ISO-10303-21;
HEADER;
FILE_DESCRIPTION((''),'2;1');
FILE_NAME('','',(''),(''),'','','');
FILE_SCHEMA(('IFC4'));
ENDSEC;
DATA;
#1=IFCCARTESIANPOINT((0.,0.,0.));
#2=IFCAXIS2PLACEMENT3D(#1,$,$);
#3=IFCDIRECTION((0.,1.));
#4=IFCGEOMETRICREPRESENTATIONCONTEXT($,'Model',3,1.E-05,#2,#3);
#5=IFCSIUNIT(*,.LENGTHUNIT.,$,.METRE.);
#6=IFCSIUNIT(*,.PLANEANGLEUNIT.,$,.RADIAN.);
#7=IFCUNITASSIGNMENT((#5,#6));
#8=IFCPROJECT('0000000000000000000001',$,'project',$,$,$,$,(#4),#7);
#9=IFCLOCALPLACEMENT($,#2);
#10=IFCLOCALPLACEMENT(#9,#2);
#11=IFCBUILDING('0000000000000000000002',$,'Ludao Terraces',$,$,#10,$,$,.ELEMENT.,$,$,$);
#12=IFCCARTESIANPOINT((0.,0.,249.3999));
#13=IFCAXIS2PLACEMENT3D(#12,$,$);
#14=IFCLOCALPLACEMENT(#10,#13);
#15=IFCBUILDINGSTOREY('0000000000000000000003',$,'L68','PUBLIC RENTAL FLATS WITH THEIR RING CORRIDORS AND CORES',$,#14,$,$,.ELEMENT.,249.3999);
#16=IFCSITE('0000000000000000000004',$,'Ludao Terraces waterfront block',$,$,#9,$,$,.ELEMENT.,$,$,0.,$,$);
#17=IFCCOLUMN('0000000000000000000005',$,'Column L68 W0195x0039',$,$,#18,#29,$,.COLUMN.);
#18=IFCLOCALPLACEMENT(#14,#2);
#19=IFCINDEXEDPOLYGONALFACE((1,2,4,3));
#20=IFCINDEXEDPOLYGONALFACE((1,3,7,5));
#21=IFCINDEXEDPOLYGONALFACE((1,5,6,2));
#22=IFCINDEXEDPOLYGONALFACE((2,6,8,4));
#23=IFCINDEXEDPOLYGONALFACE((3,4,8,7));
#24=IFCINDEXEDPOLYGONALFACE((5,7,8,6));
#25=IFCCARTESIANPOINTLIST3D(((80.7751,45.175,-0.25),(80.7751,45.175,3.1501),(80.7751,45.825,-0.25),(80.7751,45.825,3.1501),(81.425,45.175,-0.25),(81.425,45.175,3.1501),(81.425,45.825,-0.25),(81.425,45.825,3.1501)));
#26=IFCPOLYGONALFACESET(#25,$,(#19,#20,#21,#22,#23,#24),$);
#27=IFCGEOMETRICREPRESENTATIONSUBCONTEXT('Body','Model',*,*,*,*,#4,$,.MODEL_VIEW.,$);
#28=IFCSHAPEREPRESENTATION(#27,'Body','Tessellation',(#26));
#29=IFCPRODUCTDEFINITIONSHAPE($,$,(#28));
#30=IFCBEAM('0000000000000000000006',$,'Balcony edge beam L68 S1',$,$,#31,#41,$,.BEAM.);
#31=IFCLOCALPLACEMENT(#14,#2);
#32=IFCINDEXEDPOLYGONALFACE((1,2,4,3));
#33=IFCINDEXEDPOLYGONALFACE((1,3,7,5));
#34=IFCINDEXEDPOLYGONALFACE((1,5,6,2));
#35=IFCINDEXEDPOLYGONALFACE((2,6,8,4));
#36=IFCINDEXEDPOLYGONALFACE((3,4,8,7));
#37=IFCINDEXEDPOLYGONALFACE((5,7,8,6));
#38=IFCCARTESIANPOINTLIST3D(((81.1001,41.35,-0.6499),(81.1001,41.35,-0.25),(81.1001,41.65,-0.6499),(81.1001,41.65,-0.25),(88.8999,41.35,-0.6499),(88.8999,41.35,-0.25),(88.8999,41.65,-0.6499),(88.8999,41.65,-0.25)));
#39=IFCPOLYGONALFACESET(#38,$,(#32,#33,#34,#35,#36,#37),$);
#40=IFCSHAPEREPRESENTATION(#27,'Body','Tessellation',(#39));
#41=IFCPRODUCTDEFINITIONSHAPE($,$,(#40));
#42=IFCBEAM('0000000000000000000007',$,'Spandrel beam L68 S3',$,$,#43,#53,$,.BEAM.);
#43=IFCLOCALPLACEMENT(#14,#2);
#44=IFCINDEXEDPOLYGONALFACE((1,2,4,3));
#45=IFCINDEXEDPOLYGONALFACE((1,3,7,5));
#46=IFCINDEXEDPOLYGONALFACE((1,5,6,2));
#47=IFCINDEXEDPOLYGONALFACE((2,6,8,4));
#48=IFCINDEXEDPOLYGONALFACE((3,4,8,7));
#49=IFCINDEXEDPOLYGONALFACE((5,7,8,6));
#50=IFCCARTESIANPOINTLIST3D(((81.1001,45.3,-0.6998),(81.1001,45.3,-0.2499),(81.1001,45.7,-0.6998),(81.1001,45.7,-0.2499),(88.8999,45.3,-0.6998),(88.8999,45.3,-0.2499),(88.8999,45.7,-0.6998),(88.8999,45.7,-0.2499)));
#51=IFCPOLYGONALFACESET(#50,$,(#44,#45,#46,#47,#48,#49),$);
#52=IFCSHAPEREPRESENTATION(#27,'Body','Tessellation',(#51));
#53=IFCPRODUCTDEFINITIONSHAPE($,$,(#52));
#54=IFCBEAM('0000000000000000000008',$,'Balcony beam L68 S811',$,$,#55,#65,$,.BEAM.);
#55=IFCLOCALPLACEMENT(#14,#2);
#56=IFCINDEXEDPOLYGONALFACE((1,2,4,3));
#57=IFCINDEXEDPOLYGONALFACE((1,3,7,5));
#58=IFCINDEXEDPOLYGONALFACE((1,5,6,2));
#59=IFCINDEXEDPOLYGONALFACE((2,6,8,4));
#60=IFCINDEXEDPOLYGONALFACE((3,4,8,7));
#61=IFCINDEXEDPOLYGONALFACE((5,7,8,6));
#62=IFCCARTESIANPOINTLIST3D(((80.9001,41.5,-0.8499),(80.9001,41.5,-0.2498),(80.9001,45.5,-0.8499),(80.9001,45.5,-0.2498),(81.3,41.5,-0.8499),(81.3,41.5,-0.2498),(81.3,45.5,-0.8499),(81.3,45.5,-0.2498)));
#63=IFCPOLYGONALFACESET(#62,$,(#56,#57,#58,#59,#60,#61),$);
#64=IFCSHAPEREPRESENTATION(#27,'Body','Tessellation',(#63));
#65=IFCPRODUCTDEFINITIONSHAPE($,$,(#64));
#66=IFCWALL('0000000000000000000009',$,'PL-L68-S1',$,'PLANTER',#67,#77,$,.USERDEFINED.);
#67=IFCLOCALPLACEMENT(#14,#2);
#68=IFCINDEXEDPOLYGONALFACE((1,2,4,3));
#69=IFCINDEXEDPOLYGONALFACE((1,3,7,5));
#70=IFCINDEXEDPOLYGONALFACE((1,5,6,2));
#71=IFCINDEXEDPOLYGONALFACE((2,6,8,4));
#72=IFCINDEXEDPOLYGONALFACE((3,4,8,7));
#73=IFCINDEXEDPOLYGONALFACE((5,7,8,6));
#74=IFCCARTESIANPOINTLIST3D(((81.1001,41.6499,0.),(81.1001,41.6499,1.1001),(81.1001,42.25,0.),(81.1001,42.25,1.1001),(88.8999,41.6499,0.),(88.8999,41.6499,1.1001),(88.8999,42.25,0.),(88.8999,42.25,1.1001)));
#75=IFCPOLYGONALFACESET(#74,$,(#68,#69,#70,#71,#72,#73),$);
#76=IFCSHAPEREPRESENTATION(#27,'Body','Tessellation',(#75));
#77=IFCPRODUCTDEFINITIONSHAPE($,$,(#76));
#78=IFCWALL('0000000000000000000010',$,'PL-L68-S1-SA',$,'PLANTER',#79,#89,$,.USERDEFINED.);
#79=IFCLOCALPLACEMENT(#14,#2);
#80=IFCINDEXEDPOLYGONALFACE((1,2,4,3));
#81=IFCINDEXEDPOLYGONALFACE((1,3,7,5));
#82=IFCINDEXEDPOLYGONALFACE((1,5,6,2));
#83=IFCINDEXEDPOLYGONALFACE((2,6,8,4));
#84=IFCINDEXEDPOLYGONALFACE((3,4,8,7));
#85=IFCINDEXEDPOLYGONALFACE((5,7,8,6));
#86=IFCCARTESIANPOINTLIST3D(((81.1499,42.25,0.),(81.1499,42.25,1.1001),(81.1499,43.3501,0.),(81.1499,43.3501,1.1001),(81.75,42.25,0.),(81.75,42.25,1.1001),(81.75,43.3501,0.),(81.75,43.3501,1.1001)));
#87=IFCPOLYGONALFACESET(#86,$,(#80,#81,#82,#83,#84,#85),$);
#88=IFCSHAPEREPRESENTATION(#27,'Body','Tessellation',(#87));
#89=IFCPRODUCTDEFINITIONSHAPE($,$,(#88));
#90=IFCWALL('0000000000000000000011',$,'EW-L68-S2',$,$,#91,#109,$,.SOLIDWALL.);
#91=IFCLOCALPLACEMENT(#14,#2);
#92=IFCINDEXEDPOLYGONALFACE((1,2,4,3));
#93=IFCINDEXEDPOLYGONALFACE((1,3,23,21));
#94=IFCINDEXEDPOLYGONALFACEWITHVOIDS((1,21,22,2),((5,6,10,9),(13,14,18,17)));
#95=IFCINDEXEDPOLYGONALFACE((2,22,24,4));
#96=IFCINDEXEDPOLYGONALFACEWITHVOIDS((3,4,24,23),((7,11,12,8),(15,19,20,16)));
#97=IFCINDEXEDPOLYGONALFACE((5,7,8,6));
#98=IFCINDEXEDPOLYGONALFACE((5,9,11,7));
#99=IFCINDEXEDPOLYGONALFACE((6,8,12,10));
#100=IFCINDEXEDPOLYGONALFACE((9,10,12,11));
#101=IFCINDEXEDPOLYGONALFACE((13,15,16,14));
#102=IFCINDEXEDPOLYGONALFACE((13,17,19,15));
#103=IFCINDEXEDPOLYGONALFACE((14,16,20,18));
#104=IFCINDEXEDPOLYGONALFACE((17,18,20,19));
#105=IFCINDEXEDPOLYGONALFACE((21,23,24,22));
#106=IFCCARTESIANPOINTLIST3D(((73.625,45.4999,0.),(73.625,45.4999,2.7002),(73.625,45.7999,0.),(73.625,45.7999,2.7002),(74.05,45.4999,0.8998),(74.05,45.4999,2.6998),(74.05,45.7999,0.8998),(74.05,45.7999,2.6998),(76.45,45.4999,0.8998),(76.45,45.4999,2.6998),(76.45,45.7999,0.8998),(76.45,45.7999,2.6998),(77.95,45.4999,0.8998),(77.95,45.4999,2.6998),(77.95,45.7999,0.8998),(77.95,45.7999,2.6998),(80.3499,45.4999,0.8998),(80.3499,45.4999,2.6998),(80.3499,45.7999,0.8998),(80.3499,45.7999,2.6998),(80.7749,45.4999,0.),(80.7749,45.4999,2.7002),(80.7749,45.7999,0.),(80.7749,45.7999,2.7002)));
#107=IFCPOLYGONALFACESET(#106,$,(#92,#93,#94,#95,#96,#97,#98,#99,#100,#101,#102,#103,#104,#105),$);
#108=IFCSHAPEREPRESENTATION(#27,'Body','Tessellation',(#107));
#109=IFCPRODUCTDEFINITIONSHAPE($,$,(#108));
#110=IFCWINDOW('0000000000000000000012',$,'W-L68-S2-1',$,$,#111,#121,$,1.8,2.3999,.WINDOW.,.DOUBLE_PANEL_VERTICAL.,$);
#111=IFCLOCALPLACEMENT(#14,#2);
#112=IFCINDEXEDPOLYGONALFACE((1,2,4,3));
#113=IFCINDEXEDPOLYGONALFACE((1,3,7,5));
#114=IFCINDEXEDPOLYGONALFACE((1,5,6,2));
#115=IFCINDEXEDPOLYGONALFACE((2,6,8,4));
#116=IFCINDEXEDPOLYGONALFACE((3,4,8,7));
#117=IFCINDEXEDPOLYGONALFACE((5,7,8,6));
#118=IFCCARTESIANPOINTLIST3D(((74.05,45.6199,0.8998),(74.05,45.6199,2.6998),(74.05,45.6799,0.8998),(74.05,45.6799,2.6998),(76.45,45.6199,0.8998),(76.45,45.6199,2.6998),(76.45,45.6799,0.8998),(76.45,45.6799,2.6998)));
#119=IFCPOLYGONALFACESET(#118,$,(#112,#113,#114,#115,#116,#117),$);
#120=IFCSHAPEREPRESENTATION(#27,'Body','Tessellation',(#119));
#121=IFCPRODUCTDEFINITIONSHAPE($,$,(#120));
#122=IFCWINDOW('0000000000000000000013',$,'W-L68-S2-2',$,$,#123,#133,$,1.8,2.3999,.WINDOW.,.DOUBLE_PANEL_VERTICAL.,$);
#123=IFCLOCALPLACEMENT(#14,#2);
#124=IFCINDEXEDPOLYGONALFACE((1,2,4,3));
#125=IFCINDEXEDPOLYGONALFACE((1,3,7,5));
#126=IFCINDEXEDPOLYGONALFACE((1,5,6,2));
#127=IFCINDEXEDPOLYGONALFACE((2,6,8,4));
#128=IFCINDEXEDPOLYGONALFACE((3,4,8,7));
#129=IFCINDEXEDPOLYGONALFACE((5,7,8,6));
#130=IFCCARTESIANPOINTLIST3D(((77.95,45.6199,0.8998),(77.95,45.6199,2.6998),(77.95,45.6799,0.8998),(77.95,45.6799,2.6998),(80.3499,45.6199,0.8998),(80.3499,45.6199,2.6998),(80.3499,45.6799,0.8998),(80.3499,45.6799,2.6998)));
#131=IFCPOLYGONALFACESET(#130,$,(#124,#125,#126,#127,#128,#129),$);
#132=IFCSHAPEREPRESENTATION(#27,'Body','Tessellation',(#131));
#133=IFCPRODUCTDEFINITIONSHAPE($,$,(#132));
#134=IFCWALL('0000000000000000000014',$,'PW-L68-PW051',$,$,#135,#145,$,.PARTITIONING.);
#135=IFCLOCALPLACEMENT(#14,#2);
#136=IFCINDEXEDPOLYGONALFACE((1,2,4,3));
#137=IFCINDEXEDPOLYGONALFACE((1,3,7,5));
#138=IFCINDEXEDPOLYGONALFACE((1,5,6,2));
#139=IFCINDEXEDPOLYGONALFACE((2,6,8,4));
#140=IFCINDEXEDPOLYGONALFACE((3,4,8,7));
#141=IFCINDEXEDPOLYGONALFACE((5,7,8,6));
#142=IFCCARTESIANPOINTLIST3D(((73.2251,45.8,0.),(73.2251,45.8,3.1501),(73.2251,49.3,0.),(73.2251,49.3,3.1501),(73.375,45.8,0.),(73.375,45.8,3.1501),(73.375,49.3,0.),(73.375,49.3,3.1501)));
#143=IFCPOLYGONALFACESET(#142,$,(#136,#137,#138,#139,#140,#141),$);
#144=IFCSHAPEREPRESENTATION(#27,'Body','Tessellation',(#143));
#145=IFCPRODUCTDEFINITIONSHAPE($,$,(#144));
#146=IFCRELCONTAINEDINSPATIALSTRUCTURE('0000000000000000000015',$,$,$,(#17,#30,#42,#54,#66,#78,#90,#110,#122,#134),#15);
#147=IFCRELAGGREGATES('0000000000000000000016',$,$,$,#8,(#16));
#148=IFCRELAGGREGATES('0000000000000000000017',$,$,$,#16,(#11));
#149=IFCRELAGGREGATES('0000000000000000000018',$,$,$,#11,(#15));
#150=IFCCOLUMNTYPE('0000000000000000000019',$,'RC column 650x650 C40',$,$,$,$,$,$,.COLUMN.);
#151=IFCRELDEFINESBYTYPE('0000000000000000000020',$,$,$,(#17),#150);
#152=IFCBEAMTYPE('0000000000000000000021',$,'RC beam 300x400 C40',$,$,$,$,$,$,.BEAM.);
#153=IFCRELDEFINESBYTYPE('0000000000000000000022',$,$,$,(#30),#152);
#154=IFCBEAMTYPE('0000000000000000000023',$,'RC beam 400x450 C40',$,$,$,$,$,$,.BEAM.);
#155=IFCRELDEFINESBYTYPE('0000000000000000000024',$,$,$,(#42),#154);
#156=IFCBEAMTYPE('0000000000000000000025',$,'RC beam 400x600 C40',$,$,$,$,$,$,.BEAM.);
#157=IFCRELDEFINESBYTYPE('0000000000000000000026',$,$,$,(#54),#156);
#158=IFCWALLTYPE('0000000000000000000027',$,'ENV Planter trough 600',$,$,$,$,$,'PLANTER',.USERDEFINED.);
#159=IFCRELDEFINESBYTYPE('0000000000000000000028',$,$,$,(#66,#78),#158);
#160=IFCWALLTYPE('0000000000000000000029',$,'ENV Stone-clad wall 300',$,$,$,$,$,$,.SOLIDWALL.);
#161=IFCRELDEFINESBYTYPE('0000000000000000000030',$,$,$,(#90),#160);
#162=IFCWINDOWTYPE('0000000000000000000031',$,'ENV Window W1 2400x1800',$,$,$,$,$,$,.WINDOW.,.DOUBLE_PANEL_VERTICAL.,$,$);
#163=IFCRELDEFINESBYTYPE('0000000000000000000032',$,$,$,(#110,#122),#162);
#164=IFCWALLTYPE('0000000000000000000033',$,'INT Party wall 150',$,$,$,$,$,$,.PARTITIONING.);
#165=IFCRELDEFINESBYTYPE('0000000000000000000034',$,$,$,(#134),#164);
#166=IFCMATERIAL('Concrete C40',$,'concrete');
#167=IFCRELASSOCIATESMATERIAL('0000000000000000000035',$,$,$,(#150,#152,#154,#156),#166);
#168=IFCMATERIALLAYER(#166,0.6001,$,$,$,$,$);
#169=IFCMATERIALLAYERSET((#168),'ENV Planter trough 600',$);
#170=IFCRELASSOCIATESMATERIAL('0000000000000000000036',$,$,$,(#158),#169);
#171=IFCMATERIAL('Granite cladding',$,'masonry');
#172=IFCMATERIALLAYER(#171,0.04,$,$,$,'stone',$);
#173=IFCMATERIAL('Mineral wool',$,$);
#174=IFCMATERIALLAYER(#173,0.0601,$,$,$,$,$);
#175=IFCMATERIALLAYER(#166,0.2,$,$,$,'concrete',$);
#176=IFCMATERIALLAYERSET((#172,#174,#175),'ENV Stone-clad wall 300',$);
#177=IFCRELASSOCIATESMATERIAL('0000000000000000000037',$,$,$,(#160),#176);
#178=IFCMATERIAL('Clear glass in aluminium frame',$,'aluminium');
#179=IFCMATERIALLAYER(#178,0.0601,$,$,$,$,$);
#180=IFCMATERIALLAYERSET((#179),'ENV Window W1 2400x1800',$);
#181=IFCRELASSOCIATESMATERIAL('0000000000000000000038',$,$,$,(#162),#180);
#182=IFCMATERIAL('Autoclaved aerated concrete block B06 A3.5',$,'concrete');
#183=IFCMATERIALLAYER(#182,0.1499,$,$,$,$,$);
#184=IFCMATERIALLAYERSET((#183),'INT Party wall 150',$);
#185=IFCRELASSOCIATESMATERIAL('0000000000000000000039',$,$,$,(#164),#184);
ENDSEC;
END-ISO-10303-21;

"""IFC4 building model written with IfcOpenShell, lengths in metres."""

from ifc_helpers import new_model, si_unit, direction, frame, frame_2d, origin, origin_2d, place, context, subcontext, project, spatial, rectangle, extrude, material, layer, layer_set, material_profile, profile_set, type_object, element, fill, save


model = new_model("IFC4")

# Units and contexts
model_context = context("Model", 3, precision=1e-05, world=origin(), true_north=direction((0.0, 1.0)))
body_context = subcontext(model_context, "Body", "Model", "MODEL_VIEW")
ifc_project = project(units=[si_unit("LENGTHUNIT", "METRE"), si_unit("PLANEANGLEUNIT", "RADIAN")], contexts=[model_context])

# Site, building, storey
site_placement = place(None, origin())
site = spatial("IfcSite", under=ifc_project, at=site_placement, Name="Ludao Terraces waterfront block", CompositionType="ELEMENT", RefElevation=0.0)
building_placement = place(site_placement, origin())
building = spatial("IfcBuilding", under=site, at=building_placement, Name="Ludao Terraces", CompositionType="ELEMENT")
storey_placement = place(building_placement, frame((0.0, 0.0, 249.3999)))
storey = spatial("IfcBuildingStorey", under=building, at=storey_placement, Name="L68", Description="PUBLIC RENTAL FLATS WITH THEIR RING CORRIDORS AND CORES", CompositionType="ELEMENT", Elevation=249.3999)

# Column
ifc_material_1 = material(Name="Concrete C40", Category="concrete")
ifc_material_profile_1 = material_profile(ifc_material_1, rectangle(XDim=0.6499, YDim=0.6499, at=origin_2d()), Name="650 X 650")
ifc_profile_set_1 = profile_set([ifc_material_profile_1], Name="Concrete C40")
column_type = type_object("IfcColumnType", Name="RC column 650x650 C40", PredefinedType="COLUMN", material=ifc_profile_set_1)
column_placement = place(storey_placement, frame((81.1001, 45.5, -0.25), z_axis=(0.0, 0.0, 1.0), x_axis=(1.0, 0.0, 0.0)))
element("IfcColumn", 1, at=column_placement, inside=storey, type_object=column_type, Name="Column L68 W0195x0039", PredefinedType="COLUMN", context=body_context, shape_type="SweptSolid", body=[
    extrude(rectangle(XDim=0.6499, YDim=0.6499, at=origin_2d()), origin(), (0.0, 0.0, 1.0), 3.4001),
])

# Beams
ifc_material_profile_2 = material_profile(ifc_material_1, rectangle(XDim=0.3, YDim=0.3999, at=origin_2d()), Name="300 X 400")
ifc_profile_set_2 = profile_set([ifc_material_profile_2], Name="Concrete C40")
beam_type_1 = type_object("IfcBeamType", Name="RC beam 300x400 C40", PredefinedType="BEAM", material=ifc_profile_set_2)
beam_1_placement = place(storey_placement, frame((81.1001, 41.5, -0.45), z_axis=(1.0, 0.0, 0.0), x_axis=(0.0, 1.0, 0.0)))
element("IfcBeam", 2, at=beam_1_placement, inside=storey, type_object=beam_type_1, Name="Balcony edge beam L68 S1", PredefinedType="BEAM", context=body_context, shape_type="SweptSolid", body=[
    extrude(rectangle(XDim=0.3, YDim=0.3999, at=origin_2d()), origin(), (0.0, 0.0, 1.0), 7.7998),
])
ifc_material_profile_3 = material_profile(ifc_material_1, rectangle(XDim=0.3999, YDim=0.45, at=origin_2d()), Name="400 X 450")
ifc_profile_set_3 = profile_set([ifc_material_profile_3], Name="Concrete C40")
beam_type_2 = type_object("IfcBeamType", Name="RC beam 400x450 C40", PredefinedType="BEAM", material=ifc_profile_set_3)
beam_2_placement = place(storey_placement, frame((81.1001, 45.5, -0.4749), z_axis=(1.0, 0.0, 0.0), x_axis=(0.0, 1.0, 0.0)))
element("IfcBeam", 3, at=beam_2_placement, inside=storey, type_object=beam_type_2, Name="Spandrel beam L68 S3", PredefinedType="BEAM", context=body_context, shape_type="SweptSolid", body=[
    extrude(rectangle(XDim=0.3999, YDim=0.45, at=origin_2d()), origin(), (0.0, 0.0, 1.0), 7.7998),
])
ifc_material_profile_4 = material_profile(ifc_material_1, rectangle(XDim=0.3999, YDim=0.6001, at=origin_2d()), Name="400 X 600")
ifc_profile_set_4 = profile_set([ifc_material_profile_4], Name="Concrete C40")
beam_type_3 = type_object("IfcBeamType", Name="RC beam 400x600 C40", PredefinedType="BEAM", material=ifc_profile_set_4)
beam_3_placement = place(storey_placement, frame((81.1001, 45.5, -0.5498), z_axis=(0.0, -1.0, 0.0), x_axis=(1.0, 0.0, 0.0)))
element("IfcBeam", 4, at=beam_3_placement, inside=storey, type_object=beam_type_3, Name="Balcony beam L68 S811", PredefinedType="BEAM", context=body_context, shape_type="SweptSolid", body=[
    extrude(rectangle(XDim=0.3999, YDim=0.6001, at=origin_2d()), origin(), (0.0, 0.0, 1.0), 4.0),
])

# Walls
ifc_layer_1 = layer(ifc_material_1, 0.6001)
ifc_layer_set_1 = layer_set([ifc_layer_1], Name="ENV Planter trough 600")
wall_type_1 = type_object("IfcWallType", Name="ENV Planter trough 600", ElementType="PLANTER", PredefinedType="USERDEFINED", material=ifc_layer_set_1)
wall_1_placement = place(storey_placement, frame((81.1001, 41.95, 0.0), z_axis=(0.0, 0.0, 1.0), x_axis=(1.0, 0.0, 0.0)))
element("IfcWall", 5, at=wall_1_placement, inside=storey, type_object=wall_type_1, Name="PL-L68-S1", ObjectType="PLANTER", PredefinedType="USERDEFINED", context=body_context, shape_type="SweptSolid", body=[
    extrude(rectangle(XDim=7.7998, YDim=0.6001, at=frame_2d((3.8999, 0.0))), origin(), (0.0, 0.0, 1.0), 1.1001),
])
wall_2_placement = place(storey_placement, frame((81.45, 42.25, 0.0), z_axis=(0.0, 0.0, 1.0), x_axis=(0.0, 1.0, 0.0)))
element("IfcWall", 6, at=wall_2_placement, inside=storey, type_object=wall_type_1, Name="PL-L68-S1-SA", ObjectType="PLANTER", PredefinedType="USERDEFINED", context=body_context, shape_type="SweptSolid", body=[
    extrude(rectangle(XDim=1.1001, YDim=0.6001, at=frame_2d((0.55, 0.0))), origin(), (0.0, 0.0, 1.0), 1.1001),
])

# Wall, openings, windows
ifc_material_2 = material(Name="Granite cladding", Category="masonry")
ifc_layer_2 = layer(ifc_material_2, 0.04, Category="stone")
ifc_material_3 = material(Name="Mineral wool")
ifc_layer_3 = layer(ifc_material_3, 0.0601)
ifc_layer_4 = layer(ifc_material_1, 0.2, Category="concrete")
ifc_layer_set_2 = layer_set([ifc_layer_2, ifc_layer_3, ifc_layer_4], Name="ENV Stone-clad wall 300")
wall_type_2 = type_object("IfcWallType", Name="ENV Stone-clad wall 300", PredefinedType="SOLIDWALL", material=ifc_layer_set_2)
wall_3_placement = place(storey_placement, frame((73.625, 45.6499, 0.0), z_axis=(0.0, 0.0, 1.0), x_axis=(1.0, 0.0, 0.0)))
wall_3 = element("IfcWall", 7, at=wall_3_placement, inside=storey, type_object=wall_type_2, Name="EW-L68-S2", PredefinedType="SOLIDWALL", context=body_context, shape_type="SweptSolid", body=[
    extrude(rectangle(XDim=7.1499, YDim=0.3, at=frame_2d((3.575, 0.0))), origin(), (0.0, 0.0, 1.0), 2.7002),
])
opening_1_placement = place(wall_3_placement, frame((0.425, 0.0, 0.8999)))
opening_1 = element("IfcOpeningElement", 8, at=opening_1_placement, cuts=wall_3, PredefinedType="OPENING", context=body_context, shape_type="SweptSolid", body=[
    extrude(rectangle(XDim=2.3999, YDim=1.8, at=frame_2d((1.2, 0.8999))), frame((0.0, 0.1602, 0.0), z_axis=(0.0, -1.0, 0.0), x_axis=(1.0, 0.0, 0.0)), (0.0, 0.0, 1.0), 0.3201),
])
opening_2_placement = place(wall_3_placement, frame((4.325, 0.0, 0.8999)))
opening_2 = element("IfcOpeningElement", 9, at=opening_2_placement, cuts=wall_3, PredefinedType="OPENING", context=body_context, shape_type="SweptSolid", body=[
    extrude(rectangle(XDim=2.3999, YDim=1.8, at=frame_2d((1.2, 0.8999))), frame((0.0, 0.1602, 0.0), z_axis=(0.0, -1.0, 0.0), x_axis=(1.0, 0.0, 0.0)), (0.0, 0.0, 1.0), 0.3201),
])
ifc_material_4 = material(Name="Clear glass in aluminium frame", Category="aluminium")
ifc_layer_5 = layer(ifc_material_4, 0.0601)
ifc_layer_set_3 = layer_set([ifc_layer_5], Name="ENV Window W1 2400x1800")
window_type = type_object("IfcWindowType", Name="ENV Window W1 2400x1800", PartitioningType="DOUBLE_PANEL_VERTICAL", PredefinedType="WINDOW", material=ifc_layer_set_3)
window_1_placement = place(opening_1_placement, origin())
window_1 = element("IfcWindow", 10, at=window_1_placement, inside=storey, type_object=window_type, Name="W-L68-S2-1", OverallHeight=1.8, OverallWidth=2.3999, PartitioningType="DOUBLE_PANEL_VERTICAL", PredefinedType="WINDOW", context=body_context, shape_type="SweptSolid", body=[
    extrude(rectangle(XDim=2.3999, YDim=1.8, at=frame_2d((1.2, 0.8999))), frame((0.0, 0.03, 0.0), z_axis=(0.0, -1.0, 0.0), x_axis=(1.0, 0.0, 0.0)), (0.0, 0.0, 1.0), 0.0601),
])
fill(opening_1, window_1)
window_2_placement = place(opening_2_placement, origin())
window_2 = element("IfcWindow", 11, at=window_2_placement, inside=storey, type_object=window_type, Name="W-L68-S2-2", OverallHeight=1.8, OverallWidth=2.3999, PartitioningType="DOUBLE_PANEL_VERTICAL", PredefinedType="WINDOW", context=body_context, shape_type="SweptSolid", body=[
    extrude(rectangle(XDim=2.3999, YDim=1.8, at=frame_2d((1.2, 0.8999))), frame((0.0, 0.03, 0.0), z_axis=(0.0, -1.0, 0.0), x_axis=(1.0, 0.0, 0.0)), (0.0, 0.0, 1.0), 0.0601),
])
fill(opening_2, window_2)

# Wall
ifc_material_5 = material(Name="Autoclaved aerated concrete block B06 A3.5", Category="concrete")
ifc_layer_6 = layer(ifc_material_5, 0.1499)
ifc_layer_set_4 = layer_set([ifc_layer_6], Name="INT Party wall 150")
wall_type_3 = type_object("IfcWallType", Name="INT Party wall 150", PredefinedType="PARTITIONING", material=ifc_layer_set_4)
wall_4_placement = place(storey_placement, frame((73.3, 45.8, 0.0), z_axis=(0.0, 0.0, 1.0), x_axis=(0.0, 1.0, 0.0)))
element("IfcWall", 12, at=wall_4_placement, inside=storey, type_object=wall_type_3, Name="PW-L68-PW051", PredefinedType="PARTITIONING", context=body_context, shape_type="SweptSolid", body=[
    extrude(rectangle(XDim=3.5, YDim=0.1499, at=frame_2d((1.75, 0.0))), origin(), (0.0, 0.0, 1.0), 3.1501),
])

save(model, "model.ifc")
